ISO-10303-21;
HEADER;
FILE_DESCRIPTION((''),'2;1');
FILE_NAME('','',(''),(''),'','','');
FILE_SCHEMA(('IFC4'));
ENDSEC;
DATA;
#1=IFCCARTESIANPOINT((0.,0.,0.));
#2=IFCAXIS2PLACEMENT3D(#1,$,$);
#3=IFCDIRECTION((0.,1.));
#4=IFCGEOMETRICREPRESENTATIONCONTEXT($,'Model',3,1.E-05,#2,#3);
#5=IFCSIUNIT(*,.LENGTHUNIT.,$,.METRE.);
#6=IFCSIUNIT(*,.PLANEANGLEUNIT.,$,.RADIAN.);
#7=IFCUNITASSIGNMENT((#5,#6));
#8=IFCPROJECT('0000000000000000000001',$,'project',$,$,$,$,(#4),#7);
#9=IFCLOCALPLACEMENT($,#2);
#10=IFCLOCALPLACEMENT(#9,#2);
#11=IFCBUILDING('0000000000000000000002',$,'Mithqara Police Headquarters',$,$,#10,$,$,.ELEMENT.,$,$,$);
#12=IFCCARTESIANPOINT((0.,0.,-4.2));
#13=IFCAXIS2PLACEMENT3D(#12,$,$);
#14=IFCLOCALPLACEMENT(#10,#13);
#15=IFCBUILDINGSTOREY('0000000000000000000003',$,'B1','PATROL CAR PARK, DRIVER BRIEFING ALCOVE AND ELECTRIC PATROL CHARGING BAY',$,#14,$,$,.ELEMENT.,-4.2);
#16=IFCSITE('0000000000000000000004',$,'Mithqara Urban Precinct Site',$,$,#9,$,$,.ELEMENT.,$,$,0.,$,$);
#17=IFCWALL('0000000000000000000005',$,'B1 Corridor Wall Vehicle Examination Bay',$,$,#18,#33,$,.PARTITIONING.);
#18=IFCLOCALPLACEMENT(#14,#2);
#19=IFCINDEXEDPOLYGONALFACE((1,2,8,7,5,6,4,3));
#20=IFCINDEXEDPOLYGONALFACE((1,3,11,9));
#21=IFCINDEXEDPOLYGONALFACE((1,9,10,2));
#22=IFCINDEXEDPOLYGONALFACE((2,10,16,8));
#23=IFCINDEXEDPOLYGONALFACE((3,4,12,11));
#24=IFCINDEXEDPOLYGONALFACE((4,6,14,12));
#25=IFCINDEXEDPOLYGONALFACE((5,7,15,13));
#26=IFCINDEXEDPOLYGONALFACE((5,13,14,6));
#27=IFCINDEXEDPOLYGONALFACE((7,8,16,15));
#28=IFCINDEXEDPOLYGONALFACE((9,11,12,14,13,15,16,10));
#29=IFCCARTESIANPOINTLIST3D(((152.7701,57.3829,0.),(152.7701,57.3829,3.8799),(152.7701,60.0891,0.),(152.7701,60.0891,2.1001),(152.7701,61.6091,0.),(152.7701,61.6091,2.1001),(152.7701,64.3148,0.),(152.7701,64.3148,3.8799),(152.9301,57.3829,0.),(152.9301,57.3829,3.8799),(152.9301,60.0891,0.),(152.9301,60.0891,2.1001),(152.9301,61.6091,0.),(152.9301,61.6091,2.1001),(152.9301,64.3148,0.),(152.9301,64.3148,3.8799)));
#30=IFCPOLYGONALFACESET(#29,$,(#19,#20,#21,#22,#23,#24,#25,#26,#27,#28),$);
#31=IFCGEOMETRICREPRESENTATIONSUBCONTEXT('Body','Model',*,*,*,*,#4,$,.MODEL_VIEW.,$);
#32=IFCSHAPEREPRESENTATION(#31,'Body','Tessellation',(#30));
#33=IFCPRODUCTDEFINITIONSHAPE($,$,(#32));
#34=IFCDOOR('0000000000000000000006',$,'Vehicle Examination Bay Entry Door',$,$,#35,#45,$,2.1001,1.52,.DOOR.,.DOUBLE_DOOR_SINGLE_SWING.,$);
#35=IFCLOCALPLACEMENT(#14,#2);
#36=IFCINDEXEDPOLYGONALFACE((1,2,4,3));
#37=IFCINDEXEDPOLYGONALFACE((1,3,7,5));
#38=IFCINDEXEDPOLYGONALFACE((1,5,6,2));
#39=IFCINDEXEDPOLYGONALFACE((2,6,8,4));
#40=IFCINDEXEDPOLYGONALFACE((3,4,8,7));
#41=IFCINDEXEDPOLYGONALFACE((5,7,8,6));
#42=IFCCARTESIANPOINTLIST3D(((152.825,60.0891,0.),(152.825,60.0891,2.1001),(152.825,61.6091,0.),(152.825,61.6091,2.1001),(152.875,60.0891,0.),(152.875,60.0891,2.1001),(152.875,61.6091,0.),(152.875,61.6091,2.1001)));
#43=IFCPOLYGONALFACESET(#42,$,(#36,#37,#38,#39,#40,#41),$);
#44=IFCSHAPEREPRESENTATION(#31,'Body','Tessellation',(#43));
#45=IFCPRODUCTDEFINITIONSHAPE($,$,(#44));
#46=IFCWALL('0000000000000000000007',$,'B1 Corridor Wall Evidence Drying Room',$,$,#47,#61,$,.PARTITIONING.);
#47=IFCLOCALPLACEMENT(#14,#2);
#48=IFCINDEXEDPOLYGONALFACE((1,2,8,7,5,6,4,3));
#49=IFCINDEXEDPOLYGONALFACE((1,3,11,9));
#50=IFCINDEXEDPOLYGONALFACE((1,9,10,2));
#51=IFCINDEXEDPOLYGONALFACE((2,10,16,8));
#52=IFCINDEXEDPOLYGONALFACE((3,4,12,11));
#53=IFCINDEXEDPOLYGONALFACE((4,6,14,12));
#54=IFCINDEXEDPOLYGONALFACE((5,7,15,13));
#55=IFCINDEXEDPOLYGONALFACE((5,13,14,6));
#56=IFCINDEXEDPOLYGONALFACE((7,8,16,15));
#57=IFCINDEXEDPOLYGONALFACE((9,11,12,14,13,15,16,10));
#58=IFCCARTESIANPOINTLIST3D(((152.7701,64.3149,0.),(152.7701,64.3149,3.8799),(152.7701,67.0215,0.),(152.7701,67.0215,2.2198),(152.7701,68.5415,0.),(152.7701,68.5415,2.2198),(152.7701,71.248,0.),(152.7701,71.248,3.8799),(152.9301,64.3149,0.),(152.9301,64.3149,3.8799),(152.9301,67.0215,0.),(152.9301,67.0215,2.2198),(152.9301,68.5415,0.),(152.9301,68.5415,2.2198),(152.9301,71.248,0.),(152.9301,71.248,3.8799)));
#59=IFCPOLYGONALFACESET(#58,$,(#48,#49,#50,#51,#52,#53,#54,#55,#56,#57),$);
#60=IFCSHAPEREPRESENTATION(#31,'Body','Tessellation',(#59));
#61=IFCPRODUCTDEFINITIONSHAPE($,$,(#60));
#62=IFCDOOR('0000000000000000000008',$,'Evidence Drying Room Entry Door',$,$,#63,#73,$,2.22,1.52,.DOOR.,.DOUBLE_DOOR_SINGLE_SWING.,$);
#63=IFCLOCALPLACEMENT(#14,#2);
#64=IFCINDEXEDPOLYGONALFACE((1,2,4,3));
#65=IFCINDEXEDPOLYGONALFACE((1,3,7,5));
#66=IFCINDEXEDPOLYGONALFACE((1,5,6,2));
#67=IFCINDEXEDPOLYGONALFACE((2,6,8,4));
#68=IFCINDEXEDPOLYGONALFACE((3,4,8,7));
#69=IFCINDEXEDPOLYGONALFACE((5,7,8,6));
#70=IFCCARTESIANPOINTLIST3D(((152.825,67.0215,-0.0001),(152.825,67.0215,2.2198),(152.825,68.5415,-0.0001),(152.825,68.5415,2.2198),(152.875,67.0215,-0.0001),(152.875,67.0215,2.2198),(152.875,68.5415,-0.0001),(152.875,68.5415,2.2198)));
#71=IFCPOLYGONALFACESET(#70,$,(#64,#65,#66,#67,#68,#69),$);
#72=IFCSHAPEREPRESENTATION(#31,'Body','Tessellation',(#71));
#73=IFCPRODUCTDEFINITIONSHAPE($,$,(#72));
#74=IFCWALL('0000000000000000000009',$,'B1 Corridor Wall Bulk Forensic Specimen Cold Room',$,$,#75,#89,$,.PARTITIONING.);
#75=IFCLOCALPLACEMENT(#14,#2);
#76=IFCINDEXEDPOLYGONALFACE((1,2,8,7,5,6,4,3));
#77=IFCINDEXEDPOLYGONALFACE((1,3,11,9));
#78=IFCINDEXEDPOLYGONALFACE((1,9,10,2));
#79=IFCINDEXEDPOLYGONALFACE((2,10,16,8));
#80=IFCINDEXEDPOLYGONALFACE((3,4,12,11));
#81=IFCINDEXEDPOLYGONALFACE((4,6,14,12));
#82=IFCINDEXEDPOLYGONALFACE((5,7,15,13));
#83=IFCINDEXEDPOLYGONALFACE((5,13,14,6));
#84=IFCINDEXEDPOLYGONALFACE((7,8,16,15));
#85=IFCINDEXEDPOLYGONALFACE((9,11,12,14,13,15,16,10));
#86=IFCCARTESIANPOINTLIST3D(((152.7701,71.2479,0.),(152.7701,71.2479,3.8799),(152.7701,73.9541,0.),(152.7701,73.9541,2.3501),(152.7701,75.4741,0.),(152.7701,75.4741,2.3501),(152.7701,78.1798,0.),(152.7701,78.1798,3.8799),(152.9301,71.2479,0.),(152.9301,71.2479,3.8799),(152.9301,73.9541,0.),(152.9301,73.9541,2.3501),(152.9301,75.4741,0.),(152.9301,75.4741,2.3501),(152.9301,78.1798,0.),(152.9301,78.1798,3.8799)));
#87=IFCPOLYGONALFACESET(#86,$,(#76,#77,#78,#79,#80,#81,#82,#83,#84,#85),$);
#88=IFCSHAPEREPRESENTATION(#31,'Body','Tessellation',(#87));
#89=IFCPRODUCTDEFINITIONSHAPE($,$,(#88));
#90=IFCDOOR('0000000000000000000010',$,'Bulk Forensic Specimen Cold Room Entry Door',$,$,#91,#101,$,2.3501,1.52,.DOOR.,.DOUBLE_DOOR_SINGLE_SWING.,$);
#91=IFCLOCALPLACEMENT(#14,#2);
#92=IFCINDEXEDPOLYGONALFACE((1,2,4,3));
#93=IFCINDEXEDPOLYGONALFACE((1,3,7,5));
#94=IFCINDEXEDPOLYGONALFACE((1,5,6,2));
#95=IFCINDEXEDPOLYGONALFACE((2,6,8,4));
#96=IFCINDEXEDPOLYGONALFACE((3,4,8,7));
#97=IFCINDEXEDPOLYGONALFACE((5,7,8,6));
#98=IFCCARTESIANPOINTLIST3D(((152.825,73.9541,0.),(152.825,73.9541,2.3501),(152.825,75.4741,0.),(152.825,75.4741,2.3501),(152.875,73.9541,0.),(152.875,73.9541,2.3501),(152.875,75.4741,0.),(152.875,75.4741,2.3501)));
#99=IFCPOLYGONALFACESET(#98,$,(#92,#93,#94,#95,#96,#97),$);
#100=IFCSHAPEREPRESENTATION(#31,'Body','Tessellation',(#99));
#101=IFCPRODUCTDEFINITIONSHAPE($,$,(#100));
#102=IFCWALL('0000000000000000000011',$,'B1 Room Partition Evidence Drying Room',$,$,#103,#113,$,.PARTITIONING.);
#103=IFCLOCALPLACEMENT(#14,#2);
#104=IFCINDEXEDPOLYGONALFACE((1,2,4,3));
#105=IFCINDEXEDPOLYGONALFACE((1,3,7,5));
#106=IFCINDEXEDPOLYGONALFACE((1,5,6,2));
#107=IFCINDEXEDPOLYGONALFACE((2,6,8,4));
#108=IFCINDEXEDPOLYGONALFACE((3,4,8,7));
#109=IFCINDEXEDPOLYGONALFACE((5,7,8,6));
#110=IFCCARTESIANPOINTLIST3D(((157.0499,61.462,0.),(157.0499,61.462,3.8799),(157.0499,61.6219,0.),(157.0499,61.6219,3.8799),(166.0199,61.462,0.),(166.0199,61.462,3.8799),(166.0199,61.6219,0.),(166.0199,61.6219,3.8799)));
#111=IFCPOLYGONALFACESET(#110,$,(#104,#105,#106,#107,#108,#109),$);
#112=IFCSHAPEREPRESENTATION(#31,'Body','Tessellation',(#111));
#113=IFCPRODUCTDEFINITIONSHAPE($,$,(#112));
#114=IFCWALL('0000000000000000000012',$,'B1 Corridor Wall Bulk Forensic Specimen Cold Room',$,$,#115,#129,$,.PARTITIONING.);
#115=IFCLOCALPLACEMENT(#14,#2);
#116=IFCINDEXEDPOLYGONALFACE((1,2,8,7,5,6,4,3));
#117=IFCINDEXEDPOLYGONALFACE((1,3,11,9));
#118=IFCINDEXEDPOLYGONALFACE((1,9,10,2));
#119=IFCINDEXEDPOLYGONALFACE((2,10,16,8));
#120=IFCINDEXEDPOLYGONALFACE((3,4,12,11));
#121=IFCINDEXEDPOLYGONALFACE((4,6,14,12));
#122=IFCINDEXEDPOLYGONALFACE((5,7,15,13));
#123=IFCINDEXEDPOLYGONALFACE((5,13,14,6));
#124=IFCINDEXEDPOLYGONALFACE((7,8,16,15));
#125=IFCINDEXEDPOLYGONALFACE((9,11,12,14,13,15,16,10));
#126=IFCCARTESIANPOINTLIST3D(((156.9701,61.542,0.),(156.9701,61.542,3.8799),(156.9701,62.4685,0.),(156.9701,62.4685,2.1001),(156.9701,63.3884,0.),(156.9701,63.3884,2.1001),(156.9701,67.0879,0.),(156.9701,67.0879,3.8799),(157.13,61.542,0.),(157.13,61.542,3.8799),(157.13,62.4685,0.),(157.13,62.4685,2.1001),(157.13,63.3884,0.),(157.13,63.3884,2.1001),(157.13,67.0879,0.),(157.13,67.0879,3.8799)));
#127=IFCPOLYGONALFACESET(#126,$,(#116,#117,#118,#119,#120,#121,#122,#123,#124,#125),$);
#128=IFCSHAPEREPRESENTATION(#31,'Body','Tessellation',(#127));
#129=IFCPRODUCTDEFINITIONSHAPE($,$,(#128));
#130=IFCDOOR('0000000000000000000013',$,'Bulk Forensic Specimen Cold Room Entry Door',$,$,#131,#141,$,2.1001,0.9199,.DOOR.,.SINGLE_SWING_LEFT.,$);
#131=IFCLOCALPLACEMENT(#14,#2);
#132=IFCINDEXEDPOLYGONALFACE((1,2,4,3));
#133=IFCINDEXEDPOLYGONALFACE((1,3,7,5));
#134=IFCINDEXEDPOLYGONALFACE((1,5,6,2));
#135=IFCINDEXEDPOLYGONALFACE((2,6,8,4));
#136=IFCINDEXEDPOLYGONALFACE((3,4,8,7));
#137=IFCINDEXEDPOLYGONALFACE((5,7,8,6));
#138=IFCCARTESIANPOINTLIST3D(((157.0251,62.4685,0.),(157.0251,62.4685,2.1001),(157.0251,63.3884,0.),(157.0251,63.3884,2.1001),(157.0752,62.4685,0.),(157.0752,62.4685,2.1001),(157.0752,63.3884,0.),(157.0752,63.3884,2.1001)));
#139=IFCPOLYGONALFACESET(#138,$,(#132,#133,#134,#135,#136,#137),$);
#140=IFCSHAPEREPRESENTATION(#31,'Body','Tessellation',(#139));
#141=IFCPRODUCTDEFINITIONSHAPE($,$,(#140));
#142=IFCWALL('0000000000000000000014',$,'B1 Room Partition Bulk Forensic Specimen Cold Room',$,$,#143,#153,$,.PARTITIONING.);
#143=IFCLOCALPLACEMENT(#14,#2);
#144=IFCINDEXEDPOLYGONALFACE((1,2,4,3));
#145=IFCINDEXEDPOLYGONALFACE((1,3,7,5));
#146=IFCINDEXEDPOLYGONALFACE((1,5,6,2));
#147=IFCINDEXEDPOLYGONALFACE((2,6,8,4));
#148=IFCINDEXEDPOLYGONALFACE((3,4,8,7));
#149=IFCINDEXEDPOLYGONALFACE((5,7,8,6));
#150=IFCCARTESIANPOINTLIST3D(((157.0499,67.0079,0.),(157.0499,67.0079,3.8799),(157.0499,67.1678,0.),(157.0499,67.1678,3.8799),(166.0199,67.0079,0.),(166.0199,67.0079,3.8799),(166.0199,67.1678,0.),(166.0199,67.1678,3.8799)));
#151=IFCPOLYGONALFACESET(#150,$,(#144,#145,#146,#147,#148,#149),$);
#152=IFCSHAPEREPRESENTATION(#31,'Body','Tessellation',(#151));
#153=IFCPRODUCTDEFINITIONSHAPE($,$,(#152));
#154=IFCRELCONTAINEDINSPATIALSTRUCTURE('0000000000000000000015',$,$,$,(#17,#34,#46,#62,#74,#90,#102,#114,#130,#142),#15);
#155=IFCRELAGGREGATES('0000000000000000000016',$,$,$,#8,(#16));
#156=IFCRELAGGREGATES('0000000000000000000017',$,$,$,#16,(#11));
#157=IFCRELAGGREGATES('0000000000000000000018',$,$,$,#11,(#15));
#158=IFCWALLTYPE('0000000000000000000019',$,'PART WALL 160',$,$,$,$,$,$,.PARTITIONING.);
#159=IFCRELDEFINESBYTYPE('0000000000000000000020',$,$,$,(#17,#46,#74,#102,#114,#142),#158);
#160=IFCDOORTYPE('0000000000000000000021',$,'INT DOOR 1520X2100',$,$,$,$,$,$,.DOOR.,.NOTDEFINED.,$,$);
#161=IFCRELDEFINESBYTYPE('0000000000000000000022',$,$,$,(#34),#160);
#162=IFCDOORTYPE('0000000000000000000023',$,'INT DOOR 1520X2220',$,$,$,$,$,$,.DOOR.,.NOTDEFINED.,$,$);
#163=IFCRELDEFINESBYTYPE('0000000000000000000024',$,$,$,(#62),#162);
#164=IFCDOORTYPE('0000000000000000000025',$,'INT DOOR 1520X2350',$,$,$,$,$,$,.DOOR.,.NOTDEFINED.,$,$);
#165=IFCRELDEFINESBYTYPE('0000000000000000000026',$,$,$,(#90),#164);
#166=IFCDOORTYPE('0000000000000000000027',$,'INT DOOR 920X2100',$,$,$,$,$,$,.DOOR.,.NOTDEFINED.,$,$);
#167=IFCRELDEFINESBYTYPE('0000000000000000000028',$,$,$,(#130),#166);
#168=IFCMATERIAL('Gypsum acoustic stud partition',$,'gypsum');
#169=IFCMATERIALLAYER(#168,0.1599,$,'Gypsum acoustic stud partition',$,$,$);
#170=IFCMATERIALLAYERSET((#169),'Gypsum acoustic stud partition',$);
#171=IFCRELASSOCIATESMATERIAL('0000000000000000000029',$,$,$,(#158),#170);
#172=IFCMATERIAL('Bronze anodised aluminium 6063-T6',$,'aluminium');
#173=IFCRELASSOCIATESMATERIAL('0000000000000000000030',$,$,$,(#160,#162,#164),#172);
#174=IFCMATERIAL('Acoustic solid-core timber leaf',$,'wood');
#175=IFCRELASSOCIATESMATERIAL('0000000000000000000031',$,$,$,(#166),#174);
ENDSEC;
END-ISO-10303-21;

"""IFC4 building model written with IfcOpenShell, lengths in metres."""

from ifc_helpers import new_model, si_unit, direction, frame, frame_2d, origin, place, context, subcontext, project, spatial, rectangle, extrude, material, layer, layer_set, type_object, element, fill, save


model = new_model("IFC4")

# Units and contexts
model_context = context("Model", 3, precision=1e-05, world=origin(), true_north=direction((0.0, 1.0)))
body_context = subcontext(model_context, "Body", "Model", "MODEL_VIEW")
ifc_project = project(units=[si_unit("LENGTHUNIT", "METRE"), si_unit("PLANEANGLEUNIT", "RADIAN")], contexts=[model_context])

# Site, building, storey
site_placement = place(None, origin())
site = spatial("IfcSite", under=ifc_project, at=site_placement, Name="Mithqara Urban Precinct Site", CompositionType="ELEMENT", RefElevation=0.0)
building_placement = place(site_placement, origin())
building = spatial("IfcBuilding", under=site, at=building_placement, Name="Mithqara Police Headquarters", CompositionType="ELEMENT")
storey_placement = place(building_placement, frame((0.0, 0.0, -4.2)))
storey = spatial("IfcBuildingStorey", under=building, at=storey_placement, Name="B1", Description="PATROL CAR PARK, DRIVER BRIEFING ALCOVE AND ELECTRIC PATROL CHARGING BAY", CompositionType="ELEMENT", Elevation=-4.2)

# Walls, openings, doors
ifc_material_1 = material(Name="Gypsum acoustic stud partition", Category="gypsum")
ifc_layer = layer(ifc_material_1, 0.1599, Name="Gypsum acoustic stud partition")
ifc_layer_set = layer_set([ifc_layer], Name="Gypsum acoustic stud partition")
wall_type = type_object("IfcWallType", Name="PART WALL 160", PredefinedType="PARTITIONING", material=ifc_layer_set)
wall_1_placement = place(storey_placement, frame((152.8501, 57.3831, 0.0), z_axis=(0.0, 0.0, 1.0), x_axis=(0.0, 1.0, 0.0)))
wall_1 = element("IfcWall", 1, at=wall_1_placement, inside=storey, type_object=wall_type, Name="B1 Corridor Wall Vehicle Examination Bay", PredefinedType="PARTITIONING", context=body_context, shape_type="SweptSolid", body=[
    extrude(rectangle(XDim=6.9319, YDim=0.1599, at=frame_2d((3.4658, 0.0))), origin(), (0.0, 0.0, 1.0), 3.8799),
])
opening_1_placement = place(wall_1_placement, frame((2.7061, 0.0, 0.0)))
opening_1 = element("IfcOpeningElement", 2, at=opening_1_placement, cuts=wall_1, PredefinedType="OPENING", context=body_context, shape_type="SweptSolid", body=[
    extrude(rectangle(XDim=1.52, YDim=2.1001, at=frame_2d((0.76, 1.05))), frame((0.0, 0.0898, 0.0), z_axis=(0.0, -1.0, 0.0), x_axis=(1.0, 0.0, 0.0)), (0.0, 0.0, 1.0), 0.1799),
])
ifc_material_2 = material(Name="Bronze anodised aluminium 6063-T6", Category="aluminium")
door_type_1 = type_object("IfcDoorType", Name="INT DOOR 1520X2100", OperationType="NOTDEFINED", PredefinedType="DOOR", material=ifc_material_2)
door_1_placement = place(opening_1_placement, frame((1.52, 0.0, 0.0), z_axis=(0.0, 0.0, 1.0), x_axis=(-1.0, 0.0, 0.0)))
door_1 = element("IfcDoor", 3, at=door_1_placement, inside=storey, type_object=door_type_1, Name="Vehicle Examination Bay Entry Door", OperationType="DOUBLE_DOOR_SINGLE_SWING", OverallHeight=2.1001, OverallWidth=1.52, PredefinedType="DOOR", context=body_context, shape_type="SweptSolid", body=[
    extrude(rectangle(XDim=1.52, YDim=2.1001, at=frame_2d((0.76, 1.05))), frame((0.0, 0.0249, 0.0), z_axis=(0.0, -1.0, 0.0), x_axis=(1.0, 0.0, 0.0)), (0.0, 0.0, 1.0), 0.05),
])
fill(opening_1, door_1)
wall_2_placement = place(storey_placement, frame((152.8501, 64.3149, 0.0), z_axis=(0.0, 0.0, 1.0), x_axis=(0.0, 1.0, 0.0)))
wall_2 = element("IfcWall", 4, at=wall_2_placement, inside=storey, type_object=wall_type, Name="B1 Corridor Wall Evidence Drying Room", PredefinedType="PARTITIONING", context=body_context, shape_type="SweptSolid", body=[
    extrude(rectangle(XDim=6.9331, YDim=0.1599, at=frame_2d((3.4666, 0.0))), origin(), (0.0, 0.0, 1.0), 3.8799),
])
opening_2_placement = place(wall_2_placement, frame((2.7065, 0.0, 0.0)))
opening_2 = element("IfcOpeningElement", 5, at=opening_2_placement, cuts=wall_2, PredefinedType="OPENING", context=body_context, shape_type="SweptSolid", body=[
    extrude(rectangle(XDim=1.52, YDim=2.22, at=frame_2d((0.76, 1.1099))), frame((0.0, 0.0898, 0.0), z_axis=(0.0, -1.0, 0.0), x_axis=(1.0, 0.0, 0.0)), (0.0, 0.0, 1.0), 0.1799),
])
door_type_2 = type_object("IfcDoorType", Name="INT DOOR 1520X2220", OperationType="NOTDEFINED", PredefinedType="DOOR", material=ifc_material_2)
door_2_placement = place(opening_2_placement, frame((1.52, 0.0, 0.0), z_axis=(0.0, 0.0, 1.0), x_axis=(-1.0, 0.0, 0.0)))
door_2 = element("IfcDoor", 6, at=door_2_placement, inside=storey, type_object=door_type_2, Name="Evidence Drying Room Entry Door", OperationType="DOUBLE_DOOR_SINGLE_SWING", OverallHeight=2.22, OverallWidth=1.52, PredefinedType="DOOR", context=body_context, shape_type="SweptSolid", body=[
    extrude(rectangle(XDim=1.52, YDim=2.22, at=frame_2d((0.76, 1.1099))), frame((0.0, 0.0249, 0.0), z_axis=(0.0, -1.0, 0.0), x_axis=(1.0, 0.0, 0.0)), (0.0, 0.0, 1.0), 0.05),
])
fill(opening_2, door_2)
wall_3_placement = place(storey_placement, frame((152.8501, 71.248, 0.0), z_axis=(0.0, 0.0, 1.0), x_axis=(0.0, 1.0, 0.0)))
wall_3 = element("IfcWall", 7, at=wall_3_placement, inside=storey, type_object=wall_type, Name="B1 Corridor Wall Bulk Forensic Specimen Cold Room", PredefinedType="PARTITIONING", context=body_context, shape_type="SweptSolid", body=[
    extrude(rectangle(XDim=6.9319, YDim=0.1599, at=frame_2d((3.4658, 0.0))), origin(), (0.0, 0.0, 1.0), 3.8799),
])
opening_3_placement = place(wall_3_placement, frame((2.7061, 0.0, 0.0)))
opening_3 = element("IfcOpeningElement", 8, at=opening_3_placement, cuts=wall_3, PredefinedType="OPENING", context=body_context, shape_type="SweptSolid", body=[
    extrude(rectangle(XDim=1.52, YDim=2.3501, at=frame_2d((0.76, 1.175))), frame((0.0, 0.0898, 0.0), z_axis=(0.0, -1.0, 0.0), x_axis=(1.0, 0.0, 0.0)), (0.0, 0.0, 1.0), 0.1799),
])
door_type_3 = type_object("IfcDoorType", Name="INT DOOR 1520X2350", OperationType="NOTDEFINED", PredefinedType="DOOR", material=ifc_material_2)
door_3_placement = place(opening_3_placement, frame((1.52, 0.0, 0.0), z_axis=(0.0, 0.0, 1.0), x_axis=(-1.0, 0.0, 0.0)))
door_3 = element("IfcDoor", 9, at=door_3_placement, inside=storey, type_object=door_type_3, Name="Bulk Forensic Specimen Cold Room Entry Door", OperationType="DOUBLE_DOOR_SINGLE_SWING", OverallHeight=2.3501, OverallWidth=1.52, PredefinedType="DOOR", context=body_context, shape_type="SweptSolid", body=[
    extrude(rectangle(XDim=1.52, YDim=2.3501, at=frame_2d((0.76, 1.175))), frame((0.0, 0.0249, 0.0), z_axis=(0.0, -1.0, 0.0), x_axis=(1.0, 0.0, 0.0)), (0.0, 0.0, 1.0), 0.05),
])
fill(opening_3, door_3)

# Wall
wall_4_placement = place(storey_placement, frame((157.05, 61.542, 0.0), z_axis=(0.0, 0.0, 1.0), x_axis=(1.0, 0.0, 0.0)))
element("IfcWall", 10, at=wall_4_placement, inside=storey, type_object=wall_type, Name="B1 Room Partition Evidence Drying Room", PredefinedType="PARTITIONING", context=body_context, shape_type="SweptSolid", body=[
    extrude(rectangle(XDim=8.97, YDim=0.1599, at=frame_2d((4.4849, 0.0))), origin(), (0.0, 0.0, 1.0), 3.8799),
])

# Wall, opening, door
wall_5_placement = place(storey_placement, frame((157.05, 61.542, 0.0), z_axis=(0.0, 0.0, 1.0), x_axis=(0.0, 1.0, 0.0)))
wall_5 = element("IfcWall", 11, at=wall_5_placement, inside=storey, type_object=wall_type, Name="B1 Corridor Wall Bulk Forensic Specimen Cold Room", PredefinedType="PARTITIONING", context=body_context, shape_type="SweptSolid", body=[
    extrude(rectangle(XDim=5.5459, YDim=0.1599, at=frame_2d((2.7729, 0.0))), origin(), (0.0, 0.0, 1.0), 3.8799),
])
opening_4_placement = place(wall_5_placement, frame((0.9265, 0.0, 0.0)))
opening_4 = element("IfcOpeningElement", 12, at=opening_4_placement, cuts=wall_5, PredefinedType="OPENING", context=body_context, shape_type="SweptSolid", body=[
    extrude(rectangle(XDim=0.9199, YDim=2.1001, at=frame_2d((0.46, 1.05))), frame((0.0, 0.0898, 0.0), z_axis=(0.0, -1.0, 0.0), x_axis=(1.0, 0.0, 0.0)), (0.0, 0.0, 1.0), 0.1799),
])
ifc_material_3 = material(Name="Acoustic solid-core timber leaf", Category="wood")
door_type_4 = type_object("IfcDoorType", Name="INT DOOR 920X2100", OperationType="NOTDEFINED", PredefinedType="DOOR", material=ifc_material_3)
door_4_placement = place(opening_4_placement, origin())
door_4 = element("IfcDoor", 13, at=door_4_placement, inside=storey, type_object=door_type_4, Name="Bulk Forensic Specimen Cold Room Entry Door", OperationType="SINGLE_SWING_LEFT", OverallHeight=2.1001, OverallWidth=0.9199, PredefinedType="DOOR", context=body_context, shape_type="SweptSolid", body=[
    extrude(rectangle(XDim=0.9199, YDim=2.1001, at=frame_2d((0.46, 1.05))), frame((0.0, 0.0249, 0.0), z_axis=(0.0, -1.0, 0.0), x_axis=(1.0, 0.0, 0.0)), (0.0, 0.0, 1.0), 0.05),
])
fill(opening_4, door_4)

# Wall
wall_6_placement = place(storey_placement, frame((157.05, 67.0879, 0.0), z_axis=(0.0, 0.0, 1.0), x_axis=(1.0, 0.0, 0.0)))
element("IfcWall", 14, at=wall_6_placement, inside=storey, type_object=wall_type, Name="B1 Room Partition Bulk Forensic Specimen Cold Room", PredefinedType="PARTITIONING", context=body_context, shape_type="SweptSolid", body=[
    extrude(rectangle(XDim=8.97, YDim=0.1599, at=frame_2d((4.4849, 0.0))), origin(), (0.0, 0.0, 1.0), 3.8799),
])

save(model, "model.ifc")
